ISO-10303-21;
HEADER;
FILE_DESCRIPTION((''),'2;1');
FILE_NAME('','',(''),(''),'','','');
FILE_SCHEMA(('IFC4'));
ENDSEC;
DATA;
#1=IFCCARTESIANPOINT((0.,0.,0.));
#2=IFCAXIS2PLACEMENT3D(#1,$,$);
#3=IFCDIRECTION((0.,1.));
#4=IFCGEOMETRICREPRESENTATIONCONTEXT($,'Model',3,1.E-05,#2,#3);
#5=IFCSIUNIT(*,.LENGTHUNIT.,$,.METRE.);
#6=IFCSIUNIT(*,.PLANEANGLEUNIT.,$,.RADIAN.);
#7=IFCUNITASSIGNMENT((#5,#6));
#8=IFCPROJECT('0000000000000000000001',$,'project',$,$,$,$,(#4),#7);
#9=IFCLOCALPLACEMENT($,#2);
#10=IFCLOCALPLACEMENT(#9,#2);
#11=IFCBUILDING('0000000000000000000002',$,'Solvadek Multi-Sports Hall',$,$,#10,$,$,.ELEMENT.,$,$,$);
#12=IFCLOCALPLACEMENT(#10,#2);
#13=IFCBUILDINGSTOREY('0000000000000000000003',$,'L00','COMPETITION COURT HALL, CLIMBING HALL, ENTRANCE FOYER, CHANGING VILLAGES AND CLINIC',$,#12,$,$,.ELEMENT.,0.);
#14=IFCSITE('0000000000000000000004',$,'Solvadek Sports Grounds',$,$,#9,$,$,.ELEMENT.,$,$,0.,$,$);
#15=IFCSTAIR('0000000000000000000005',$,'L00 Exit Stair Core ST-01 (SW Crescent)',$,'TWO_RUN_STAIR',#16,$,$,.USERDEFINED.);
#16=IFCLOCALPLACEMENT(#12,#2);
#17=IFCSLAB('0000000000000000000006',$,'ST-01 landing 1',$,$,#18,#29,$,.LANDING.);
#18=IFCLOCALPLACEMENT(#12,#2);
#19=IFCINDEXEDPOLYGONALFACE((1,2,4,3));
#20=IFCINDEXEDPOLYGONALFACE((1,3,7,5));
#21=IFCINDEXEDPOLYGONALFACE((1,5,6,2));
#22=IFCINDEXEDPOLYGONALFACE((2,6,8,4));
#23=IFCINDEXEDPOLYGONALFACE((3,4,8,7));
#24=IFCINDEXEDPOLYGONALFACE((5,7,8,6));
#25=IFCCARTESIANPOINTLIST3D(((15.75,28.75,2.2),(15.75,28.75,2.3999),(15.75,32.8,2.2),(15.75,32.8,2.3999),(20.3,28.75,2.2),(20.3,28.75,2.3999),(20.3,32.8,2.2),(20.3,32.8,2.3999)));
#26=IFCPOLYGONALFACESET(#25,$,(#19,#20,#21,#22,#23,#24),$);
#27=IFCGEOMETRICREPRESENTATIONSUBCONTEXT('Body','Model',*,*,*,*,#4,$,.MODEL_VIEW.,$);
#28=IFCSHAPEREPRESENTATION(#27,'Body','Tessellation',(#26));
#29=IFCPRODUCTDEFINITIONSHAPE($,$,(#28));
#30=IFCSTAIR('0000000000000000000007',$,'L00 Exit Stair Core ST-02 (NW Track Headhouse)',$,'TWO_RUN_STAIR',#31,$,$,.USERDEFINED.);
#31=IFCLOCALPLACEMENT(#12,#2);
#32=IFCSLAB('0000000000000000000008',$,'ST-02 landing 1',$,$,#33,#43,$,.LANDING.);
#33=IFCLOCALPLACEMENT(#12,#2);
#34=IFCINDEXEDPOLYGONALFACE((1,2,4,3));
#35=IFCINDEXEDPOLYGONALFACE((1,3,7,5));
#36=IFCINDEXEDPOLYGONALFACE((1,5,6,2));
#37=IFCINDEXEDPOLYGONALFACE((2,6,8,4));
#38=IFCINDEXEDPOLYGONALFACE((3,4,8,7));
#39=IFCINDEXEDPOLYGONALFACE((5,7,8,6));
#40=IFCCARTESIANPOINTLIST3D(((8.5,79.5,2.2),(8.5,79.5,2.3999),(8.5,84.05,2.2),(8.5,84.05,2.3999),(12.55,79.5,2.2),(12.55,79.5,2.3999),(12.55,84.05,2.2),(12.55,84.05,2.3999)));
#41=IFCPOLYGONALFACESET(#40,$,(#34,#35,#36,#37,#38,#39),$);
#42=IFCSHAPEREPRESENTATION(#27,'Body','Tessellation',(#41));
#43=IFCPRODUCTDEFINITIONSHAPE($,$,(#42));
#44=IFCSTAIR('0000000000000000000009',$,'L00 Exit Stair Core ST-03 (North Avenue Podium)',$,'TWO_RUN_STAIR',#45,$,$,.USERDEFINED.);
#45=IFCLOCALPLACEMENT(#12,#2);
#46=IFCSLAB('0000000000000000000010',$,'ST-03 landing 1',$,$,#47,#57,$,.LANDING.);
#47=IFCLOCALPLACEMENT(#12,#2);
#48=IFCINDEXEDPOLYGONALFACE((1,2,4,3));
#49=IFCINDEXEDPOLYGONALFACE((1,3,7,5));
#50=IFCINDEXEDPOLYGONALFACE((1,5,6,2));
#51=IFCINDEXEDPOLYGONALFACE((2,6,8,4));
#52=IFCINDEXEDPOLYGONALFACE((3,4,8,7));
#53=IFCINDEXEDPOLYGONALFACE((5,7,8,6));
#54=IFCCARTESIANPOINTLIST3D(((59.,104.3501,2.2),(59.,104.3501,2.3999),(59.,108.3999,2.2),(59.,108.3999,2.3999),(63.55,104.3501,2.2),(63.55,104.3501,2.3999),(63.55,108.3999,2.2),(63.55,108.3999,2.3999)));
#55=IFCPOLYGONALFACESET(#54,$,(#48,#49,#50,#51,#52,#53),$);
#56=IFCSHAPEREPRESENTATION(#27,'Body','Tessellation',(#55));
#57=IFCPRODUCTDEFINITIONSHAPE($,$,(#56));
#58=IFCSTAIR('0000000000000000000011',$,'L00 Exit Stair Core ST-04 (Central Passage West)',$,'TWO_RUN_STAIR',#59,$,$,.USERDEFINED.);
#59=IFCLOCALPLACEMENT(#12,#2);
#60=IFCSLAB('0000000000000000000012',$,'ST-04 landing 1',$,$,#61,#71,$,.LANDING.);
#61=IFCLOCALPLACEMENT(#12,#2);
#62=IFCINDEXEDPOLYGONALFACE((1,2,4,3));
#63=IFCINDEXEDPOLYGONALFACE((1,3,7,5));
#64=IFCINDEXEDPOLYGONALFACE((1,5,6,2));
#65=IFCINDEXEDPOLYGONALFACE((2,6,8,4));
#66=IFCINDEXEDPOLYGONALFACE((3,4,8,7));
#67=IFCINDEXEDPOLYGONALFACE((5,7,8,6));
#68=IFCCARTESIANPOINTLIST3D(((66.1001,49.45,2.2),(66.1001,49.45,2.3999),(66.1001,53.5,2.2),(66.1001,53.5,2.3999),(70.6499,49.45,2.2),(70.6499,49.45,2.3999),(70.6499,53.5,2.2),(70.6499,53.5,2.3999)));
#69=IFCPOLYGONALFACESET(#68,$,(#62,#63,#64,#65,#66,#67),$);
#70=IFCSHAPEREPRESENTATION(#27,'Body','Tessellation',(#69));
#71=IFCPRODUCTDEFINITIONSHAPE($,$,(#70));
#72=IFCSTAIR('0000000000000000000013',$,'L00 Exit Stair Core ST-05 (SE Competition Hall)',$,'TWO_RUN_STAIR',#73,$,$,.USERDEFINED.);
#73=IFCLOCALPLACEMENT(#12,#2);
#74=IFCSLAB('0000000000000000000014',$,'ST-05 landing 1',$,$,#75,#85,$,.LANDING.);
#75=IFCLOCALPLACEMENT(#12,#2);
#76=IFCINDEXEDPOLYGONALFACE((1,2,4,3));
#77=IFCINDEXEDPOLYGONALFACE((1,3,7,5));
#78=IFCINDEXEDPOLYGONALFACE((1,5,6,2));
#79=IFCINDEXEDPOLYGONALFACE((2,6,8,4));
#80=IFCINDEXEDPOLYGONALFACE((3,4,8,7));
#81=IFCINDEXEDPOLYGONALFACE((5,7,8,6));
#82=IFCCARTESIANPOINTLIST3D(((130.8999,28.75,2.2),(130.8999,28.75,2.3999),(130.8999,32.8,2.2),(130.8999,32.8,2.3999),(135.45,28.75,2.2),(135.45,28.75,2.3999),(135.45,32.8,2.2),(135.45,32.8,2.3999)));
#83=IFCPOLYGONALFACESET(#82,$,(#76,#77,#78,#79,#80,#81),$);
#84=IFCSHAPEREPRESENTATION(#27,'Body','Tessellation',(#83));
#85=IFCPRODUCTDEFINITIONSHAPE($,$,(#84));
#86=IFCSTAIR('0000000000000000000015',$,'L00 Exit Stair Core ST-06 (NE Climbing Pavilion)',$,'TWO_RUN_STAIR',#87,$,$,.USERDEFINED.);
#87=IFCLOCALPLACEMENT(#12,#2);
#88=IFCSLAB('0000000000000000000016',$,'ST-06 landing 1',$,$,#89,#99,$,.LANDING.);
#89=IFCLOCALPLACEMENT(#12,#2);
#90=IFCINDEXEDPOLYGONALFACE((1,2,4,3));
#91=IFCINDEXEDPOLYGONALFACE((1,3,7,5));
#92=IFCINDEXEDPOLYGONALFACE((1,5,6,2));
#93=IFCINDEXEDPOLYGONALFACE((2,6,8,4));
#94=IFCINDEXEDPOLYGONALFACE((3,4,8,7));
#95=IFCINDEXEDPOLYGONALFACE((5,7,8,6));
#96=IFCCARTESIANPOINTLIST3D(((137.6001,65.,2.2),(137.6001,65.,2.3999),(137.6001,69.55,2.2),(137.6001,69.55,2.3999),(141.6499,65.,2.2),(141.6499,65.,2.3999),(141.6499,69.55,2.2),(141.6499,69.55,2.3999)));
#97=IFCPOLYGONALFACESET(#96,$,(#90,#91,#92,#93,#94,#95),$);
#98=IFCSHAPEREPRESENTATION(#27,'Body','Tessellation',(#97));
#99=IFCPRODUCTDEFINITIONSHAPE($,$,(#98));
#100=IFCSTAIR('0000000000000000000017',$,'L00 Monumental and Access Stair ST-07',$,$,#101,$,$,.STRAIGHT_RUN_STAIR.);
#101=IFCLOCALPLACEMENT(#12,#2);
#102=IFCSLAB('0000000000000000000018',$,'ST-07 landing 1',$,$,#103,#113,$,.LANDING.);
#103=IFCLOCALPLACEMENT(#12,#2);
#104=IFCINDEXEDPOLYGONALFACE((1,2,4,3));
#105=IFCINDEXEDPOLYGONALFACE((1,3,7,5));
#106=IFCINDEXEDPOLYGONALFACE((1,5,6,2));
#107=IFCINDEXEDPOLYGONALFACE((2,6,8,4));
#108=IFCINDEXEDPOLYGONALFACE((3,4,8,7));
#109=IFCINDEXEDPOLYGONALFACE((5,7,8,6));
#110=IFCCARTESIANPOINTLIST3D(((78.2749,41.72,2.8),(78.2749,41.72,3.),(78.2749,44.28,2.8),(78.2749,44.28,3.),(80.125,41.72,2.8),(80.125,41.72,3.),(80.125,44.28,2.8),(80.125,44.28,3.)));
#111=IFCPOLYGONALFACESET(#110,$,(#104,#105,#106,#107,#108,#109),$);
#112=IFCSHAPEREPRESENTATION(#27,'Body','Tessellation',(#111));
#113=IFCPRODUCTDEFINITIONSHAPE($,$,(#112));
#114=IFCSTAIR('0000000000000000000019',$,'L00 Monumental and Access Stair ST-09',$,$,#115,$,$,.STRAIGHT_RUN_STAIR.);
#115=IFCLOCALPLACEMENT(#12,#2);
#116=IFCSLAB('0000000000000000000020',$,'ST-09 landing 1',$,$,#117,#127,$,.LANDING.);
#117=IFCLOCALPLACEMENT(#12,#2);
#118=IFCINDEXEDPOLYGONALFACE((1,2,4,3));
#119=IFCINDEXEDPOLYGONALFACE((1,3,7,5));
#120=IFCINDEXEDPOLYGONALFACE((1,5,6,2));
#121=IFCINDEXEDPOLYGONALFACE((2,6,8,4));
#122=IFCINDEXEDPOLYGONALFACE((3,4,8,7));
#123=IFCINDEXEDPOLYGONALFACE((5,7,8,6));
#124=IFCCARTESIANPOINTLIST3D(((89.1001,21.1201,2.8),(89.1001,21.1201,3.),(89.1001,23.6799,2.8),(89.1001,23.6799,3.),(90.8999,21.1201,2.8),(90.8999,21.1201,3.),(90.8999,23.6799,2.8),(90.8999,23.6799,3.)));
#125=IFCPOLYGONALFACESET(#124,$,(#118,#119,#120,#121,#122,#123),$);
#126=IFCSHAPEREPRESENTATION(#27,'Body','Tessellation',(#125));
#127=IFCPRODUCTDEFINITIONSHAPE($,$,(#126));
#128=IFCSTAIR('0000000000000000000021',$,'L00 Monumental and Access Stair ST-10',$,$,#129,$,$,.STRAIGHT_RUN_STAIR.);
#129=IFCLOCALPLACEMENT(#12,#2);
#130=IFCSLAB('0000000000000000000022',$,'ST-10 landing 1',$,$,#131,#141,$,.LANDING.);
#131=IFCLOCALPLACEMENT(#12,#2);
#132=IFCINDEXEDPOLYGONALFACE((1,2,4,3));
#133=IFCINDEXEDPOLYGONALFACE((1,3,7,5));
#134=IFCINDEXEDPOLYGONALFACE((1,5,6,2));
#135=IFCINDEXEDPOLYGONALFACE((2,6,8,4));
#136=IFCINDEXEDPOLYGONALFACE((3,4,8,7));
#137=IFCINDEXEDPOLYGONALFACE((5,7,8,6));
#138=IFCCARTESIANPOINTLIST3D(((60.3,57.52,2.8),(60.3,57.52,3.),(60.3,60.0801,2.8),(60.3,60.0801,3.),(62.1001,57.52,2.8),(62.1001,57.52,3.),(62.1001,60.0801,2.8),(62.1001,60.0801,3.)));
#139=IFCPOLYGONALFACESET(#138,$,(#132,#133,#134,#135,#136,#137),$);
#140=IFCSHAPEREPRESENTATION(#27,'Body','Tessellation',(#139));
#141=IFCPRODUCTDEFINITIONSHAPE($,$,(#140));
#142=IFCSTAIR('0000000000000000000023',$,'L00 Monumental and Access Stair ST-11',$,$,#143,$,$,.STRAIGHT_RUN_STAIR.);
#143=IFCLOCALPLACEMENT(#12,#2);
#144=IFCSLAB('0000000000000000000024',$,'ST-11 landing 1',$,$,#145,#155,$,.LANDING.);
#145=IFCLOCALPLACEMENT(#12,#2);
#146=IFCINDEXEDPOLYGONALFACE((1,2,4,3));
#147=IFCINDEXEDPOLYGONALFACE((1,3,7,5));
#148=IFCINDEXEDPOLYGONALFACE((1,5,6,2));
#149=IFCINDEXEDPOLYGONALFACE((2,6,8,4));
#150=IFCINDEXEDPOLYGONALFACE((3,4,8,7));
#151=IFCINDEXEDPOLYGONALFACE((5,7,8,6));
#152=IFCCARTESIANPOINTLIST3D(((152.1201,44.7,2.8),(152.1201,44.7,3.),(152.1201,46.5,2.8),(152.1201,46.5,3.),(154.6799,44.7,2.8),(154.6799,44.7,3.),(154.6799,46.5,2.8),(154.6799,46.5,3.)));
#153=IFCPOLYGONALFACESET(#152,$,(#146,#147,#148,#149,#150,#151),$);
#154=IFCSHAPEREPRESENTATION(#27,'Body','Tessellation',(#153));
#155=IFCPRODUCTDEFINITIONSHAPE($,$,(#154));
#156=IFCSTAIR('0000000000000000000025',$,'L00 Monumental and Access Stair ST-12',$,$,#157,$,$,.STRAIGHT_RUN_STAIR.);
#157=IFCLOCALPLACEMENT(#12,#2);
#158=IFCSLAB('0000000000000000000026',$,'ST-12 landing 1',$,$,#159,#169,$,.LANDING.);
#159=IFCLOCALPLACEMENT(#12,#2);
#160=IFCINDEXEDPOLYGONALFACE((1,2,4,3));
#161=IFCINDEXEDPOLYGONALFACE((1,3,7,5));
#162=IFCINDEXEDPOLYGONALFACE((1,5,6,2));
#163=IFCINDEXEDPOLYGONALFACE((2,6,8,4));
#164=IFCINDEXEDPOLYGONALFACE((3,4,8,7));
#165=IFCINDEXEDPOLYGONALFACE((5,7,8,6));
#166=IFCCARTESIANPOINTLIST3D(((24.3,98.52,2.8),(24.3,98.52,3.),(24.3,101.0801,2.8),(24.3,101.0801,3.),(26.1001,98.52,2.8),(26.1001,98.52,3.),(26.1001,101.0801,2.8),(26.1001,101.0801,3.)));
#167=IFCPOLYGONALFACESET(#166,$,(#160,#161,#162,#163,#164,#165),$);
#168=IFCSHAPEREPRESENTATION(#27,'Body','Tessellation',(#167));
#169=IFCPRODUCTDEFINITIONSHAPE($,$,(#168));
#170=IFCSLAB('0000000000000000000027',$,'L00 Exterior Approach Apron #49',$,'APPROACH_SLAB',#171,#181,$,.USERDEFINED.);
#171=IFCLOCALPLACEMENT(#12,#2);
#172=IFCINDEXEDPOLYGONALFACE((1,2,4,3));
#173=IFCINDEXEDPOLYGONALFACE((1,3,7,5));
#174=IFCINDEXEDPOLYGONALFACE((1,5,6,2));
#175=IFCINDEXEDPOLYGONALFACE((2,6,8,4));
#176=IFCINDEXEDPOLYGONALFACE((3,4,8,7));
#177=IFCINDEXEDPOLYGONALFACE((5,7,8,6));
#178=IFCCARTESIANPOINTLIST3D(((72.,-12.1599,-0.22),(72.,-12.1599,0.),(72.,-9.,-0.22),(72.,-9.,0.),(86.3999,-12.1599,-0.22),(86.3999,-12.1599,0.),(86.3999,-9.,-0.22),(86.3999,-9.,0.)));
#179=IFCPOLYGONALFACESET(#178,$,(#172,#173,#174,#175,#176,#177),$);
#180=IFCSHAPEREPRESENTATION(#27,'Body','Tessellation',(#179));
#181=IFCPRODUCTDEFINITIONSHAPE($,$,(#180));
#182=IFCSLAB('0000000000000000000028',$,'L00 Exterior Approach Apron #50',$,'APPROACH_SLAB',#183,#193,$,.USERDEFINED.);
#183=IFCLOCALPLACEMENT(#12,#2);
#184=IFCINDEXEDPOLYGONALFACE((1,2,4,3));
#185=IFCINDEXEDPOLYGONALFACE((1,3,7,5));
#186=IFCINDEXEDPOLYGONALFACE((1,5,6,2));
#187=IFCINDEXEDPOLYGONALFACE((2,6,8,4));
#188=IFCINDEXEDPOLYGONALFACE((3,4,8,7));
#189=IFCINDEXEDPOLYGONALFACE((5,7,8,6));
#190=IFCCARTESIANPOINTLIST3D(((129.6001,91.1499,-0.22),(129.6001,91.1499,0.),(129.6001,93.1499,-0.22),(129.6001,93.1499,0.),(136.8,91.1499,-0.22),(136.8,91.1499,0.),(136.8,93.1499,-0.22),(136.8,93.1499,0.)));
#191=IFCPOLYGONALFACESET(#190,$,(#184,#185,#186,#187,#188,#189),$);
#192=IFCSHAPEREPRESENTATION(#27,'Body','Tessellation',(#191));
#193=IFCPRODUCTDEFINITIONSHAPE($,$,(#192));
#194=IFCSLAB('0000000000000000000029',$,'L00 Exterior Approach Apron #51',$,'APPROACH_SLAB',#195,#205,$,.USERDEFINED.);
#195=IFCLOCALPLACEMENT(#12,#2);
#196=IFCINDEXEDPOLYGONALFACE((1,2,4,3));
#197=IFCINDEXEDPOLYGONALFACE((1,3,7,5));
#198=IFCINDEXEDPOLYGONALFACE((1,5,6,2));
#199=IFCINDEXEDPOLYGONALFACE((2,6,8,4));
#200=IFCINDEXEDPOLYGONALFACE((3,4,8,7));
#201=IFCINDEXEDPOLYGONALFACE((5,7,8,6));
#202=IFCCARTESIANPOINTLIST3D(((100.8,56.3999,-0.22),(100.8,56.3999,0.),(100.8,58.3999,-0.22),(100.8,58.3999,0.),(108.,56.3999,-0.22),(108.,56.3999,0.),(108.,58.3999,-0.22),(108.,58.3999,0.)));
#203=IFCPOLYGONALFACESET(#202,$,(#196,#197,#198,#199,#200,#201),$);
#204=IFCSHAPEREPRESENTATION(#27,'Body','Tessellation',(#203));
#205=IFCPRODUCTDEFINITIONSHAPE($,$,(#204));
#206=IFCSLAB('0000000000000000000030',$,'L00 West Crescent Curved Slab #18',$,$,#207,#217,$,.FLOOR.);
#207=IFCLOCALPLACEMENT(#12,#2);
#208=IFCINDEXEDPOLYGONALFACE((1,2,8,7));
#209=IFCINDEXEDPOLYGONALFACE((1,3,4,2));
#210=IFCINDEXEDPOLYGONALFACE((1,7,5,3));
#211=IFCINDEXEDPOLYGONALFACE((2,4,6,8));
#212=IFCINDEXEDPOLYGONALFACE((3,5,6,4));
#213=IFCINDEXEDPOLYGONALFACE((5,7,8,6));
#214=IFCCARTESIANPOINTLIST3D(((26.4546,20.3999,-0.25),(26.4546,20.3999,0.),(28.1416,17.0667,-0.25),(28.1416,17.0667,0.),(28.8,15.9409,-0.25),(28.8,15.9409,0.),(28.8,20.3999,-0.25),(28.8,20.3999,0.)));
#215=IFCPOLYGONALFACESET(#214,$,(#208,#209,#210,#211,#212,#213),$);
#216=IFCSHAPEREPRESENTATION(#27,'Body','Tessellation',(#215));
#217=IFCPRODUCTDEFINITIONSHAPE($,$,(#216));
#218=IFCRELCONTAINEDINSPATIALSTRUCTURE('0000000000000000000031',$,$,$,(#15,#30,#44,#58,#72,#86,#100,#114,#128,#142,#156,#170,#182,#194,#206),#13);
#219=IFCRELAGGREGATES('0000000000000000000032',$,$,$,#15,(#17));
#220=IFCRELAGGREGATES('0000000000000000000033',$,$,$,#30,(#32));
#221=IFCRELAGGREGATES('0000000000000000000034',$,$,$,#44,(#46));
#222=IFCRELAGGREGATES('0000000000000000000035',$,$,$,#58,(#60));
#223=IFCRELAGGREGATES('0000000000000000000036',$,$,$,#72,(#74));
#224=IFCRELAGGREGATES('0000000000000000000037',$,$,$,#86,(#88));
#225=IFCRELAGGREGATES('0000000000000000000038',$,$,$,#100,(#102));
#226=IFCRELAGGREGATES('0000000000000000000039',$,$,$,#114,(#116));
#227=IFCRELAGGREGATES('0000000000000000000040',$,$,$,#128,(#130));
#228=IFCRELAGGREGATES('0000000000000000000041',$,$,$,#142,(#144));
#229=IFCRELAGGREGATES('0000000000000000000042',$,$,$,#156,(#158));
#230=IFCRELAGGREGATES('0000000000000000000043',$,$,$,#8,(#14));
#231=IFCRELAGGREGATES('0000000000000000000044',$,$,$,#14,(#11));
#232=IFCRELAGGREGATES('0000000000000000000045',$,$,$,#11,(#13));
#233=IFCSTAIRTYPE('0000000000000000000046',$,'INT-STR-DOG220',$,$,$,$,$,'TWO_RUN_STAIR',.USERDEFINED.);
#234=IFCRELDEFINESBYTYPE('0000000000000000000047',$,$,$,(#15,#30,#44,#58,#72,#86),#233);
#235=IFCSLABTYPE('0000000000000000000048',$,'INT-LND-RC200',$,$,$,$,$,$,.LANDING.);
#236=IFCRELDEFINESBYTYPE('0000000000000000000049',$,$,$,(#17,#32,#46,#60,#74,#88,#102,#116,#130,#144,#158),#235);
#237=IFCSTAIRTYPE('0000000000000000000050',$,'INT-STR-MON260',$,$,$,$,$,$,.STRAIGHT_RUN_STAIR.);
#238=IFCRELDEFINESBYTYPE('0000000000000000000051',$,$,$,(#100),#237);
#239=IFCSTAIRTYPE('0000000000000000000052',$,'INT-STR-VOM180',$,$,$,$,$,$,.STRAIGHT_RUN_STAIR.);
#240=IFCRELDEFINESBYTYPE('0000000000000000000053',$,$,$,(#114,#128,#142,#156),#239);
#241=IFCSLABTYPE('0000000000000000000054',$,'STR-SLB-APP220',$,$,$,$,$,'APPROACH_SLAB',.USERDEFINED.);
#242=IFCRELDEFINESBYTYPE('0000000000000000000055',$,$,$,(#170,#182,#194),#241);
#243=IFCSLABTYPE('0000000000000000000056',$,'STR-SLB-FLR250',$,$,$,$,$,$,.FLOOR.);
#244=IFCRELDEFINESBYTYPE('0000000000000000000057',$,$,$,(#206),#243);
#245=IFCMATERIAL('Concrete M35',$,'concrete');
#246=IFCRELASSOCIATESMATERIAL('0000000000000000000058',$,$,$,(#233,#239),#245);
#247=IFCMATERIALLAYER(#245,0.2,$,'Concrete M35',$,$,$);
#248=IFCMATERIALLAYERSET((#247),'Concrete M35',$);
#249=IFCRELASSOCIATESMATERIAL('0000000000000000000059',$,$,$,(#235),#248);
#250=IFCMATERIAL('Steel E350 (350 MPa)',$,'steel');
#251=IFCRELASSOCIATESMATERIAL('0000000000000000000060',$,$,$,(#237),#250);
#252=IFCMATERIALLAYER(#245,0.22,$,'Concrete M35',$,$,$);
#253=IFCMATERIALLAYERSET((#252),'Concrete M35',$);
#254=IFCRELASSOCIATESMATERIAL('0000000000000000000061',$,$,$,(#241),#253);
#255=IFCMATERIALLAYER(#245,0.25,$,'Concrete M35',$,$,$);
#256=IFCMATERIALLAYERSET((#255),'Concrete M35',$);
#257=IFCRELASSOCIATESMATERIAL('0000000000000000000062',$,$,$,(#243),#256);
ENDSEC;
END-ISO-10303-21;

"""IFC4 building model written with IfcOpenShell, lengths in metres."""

from ifc_helpers import new_model, si_unit, direction, frame, origin, place, context, subcontext, project, spatial, polyline, outline, extrude, material, layer, layer_set, type_object, element, aggregate, save


model = new_model("IFC4")

# Units and contexts
model_context = context("Model", 3, precision=1e-05, world=origin(), true_north=direction((0.0, 1.0)))
body_context = subcontext(model_context, "Body", "Model", "MODEL_VIEW")
ifc_project = project(units=[si_unit("LENGTHUNIT", "METRE"), si_unit("PLANEANGLEUNIT", "RADIAN")], contexts=[model_context])

# Site, building, storey
site_placement = place(None, origin())
site = spatial("IfcSite", under=ifc_project, at=site_placement, Name="Solvadek Sports Grounds", CompositionType="ELEMENT", RefElevation=0.0)
building_placement = place(site_placement, origin())
building = spatial("IfcBuilding", under=site, at=building_placement, Name="Solvadek Multi-Sports Hall", CompositionType="ELEMENT")
storey_placement = place(building_placement, origin())
storey = spatial("IfcBuildingStorey", under=building, at=storey_placement, Name="L00", Description="COMPETITION COURT HALL, CLIMBING HALL, ENTRANCE FOYER, CHANGING VILLAGES AND CLINIC", CompositionType="ELEMENT", Elevation=0.0)

# Stairs, slabs
ifc_material_1 = material(Name="Concrete M35", Category="concrete")
stair_type_1 = type_object("IfcStairType", Name="INT-STR-DOG220", ElementType="TWO_RUN_STAIR", PredefinedType="USERDEFINED", material=ifc_material_1)
stair_1_placement = place(storey_placement, origin())
stair_1 = element("IfcStair", 1, at=stair_1_placement, inside=storey, type_object=stair_type_1, Name="L00 Exit Stair Core ST-01 (SW Crescent)", ObjectType="TWO_RUN_STAIR", PredefinedType="USERDEFINED")
ifc_layer_1 = layer(ifc_material_1, 0.2, Name="Concrete M35")
ifc_layer_set_1 = layer_set([ifc_layer_1], Name="Concrete M35")
slab_type_1 = type_object("IfcSlabType", Name="INT-LND-RC200", PredefinedType="LANDING", material=ifc_layer_set_1)
slab_1_placement = place(storey_placement, frame((0.0, 0.0, 2.2)))
slab_1 = element("IfcSlab", 2, at=slab_1_placement, type_object=slab_type_1, Name="ST-01 landing 1", PredefinedType="LANDING", context=body_context, shape_type="SweptSolid", body=[
    extrude(outline(polyline([(20.3, 28.75), (20.3, 32.8), (15.75, 32.8), (15.75, 28.75), (20.3, 28.75)])), origin(), (0.0, 0.0, 1.0), 0.2),
])
aggregate(stair_1, [slab_1])
stair_2_placement = place(storey_placement, origin())
stair_2 = element("IfcStair", 3, at=stair_2_placement, inside=storey, type_object=stair_type_1, Name="L00 Exit Stair Core ST-02 (NW Track Headhouse)", ObjectType="TWO_RUN_STAIR", PredefinedType="USERDEFINED")
slab_2_placement = place(storey_placement, frame((0.0, 0.0, 2.2)))
slab_2 = element("IfcSlab", 4, at=slab_2_placement, type_object=slab_type_1, Name="ST-02 landing 1", PredefinedType="LANDING", context=body_context, shape_type="SweptSolid", body=[
    extrude(outline(polyline([(12.55, 84.05), (8.5, 84.05), (8.5, 79.5), (12.55, 79.5), (12.55, 84.05)])), origin(), (0.0, 0.0, 1.0), 0.2),
])
aggregate(stair_2, [slab_2])
stair_3_placement = place(storey_placement, origin())
stair_3 = element("IfcStair", 5, at=stair_3_placement, inside=storey, type_object=stair_type_1, Name="L00 Exit Stair Core ST-03 (North Avenue Podium)", ObjectType="TWO_RUN_STAIR", PredefinedType="USERDEFINED")
slab_3_placement = place(storey_placement, frame((0.0, 0.0, 2.2)))
slab_3 = element("IfcSlab", 6, at=slab_3_placement, type_object=slab_type_1, Name="ST-03 landing 1", PredefinedType="LANDING", context=body_context, shape_type="SweptSolid", body=[
    extrude(outline(polyline([(63.55, 104.3501), (63.55, 108.3999), (59.0, 108.3999), (59.0, 104.3501), (63.55, 104.3501)])), origin(), (0.0, 0.0, 1.0), 0.2),
])
aggregate(stair_3, [slab_3])
stair_4_placement = place(storey_placement, origin())
stair_4 = element("IfcStair", 7, at=stair_4_placement, inside=storey, type_object=stair_type_1, Name="L00 Exit Stair Core ST-04 (Central Passage West)", ObjectType="TWO_RUN_STAIR", PredefinedType="USERDEFINED")
slab_4_placement = place(storey_placement, frame((0.0, 0.0, 2.2)))
slab_4 = element("IfcSlab", 8, at=slab_4_placement, type_object=slab_type_1, Name="ST-04 landing 1", PredefinedType="LANDING", context=body_context, shape_type="SweptSolid", body=[
    extrude(outline(polyline([(70.6499, 49.45), (70.6499, 53.5), (66.1001, 53.5), (66.1001, 49.45), (70.6499, 49.45)])), origin(), (0.0, 0.0, 1.0), 0.2),
])
aggregate(stair_4, [slab_4])
stair_5_placement = place(storey_placement, origin())
stair_5 = element("IfcStair", 9, at=stair_5_placement, inside=storey, type_object=stair_type_1, Name="L00 Exit Stair Core ST-05 (SE Competition Hall)", ObjectType="TWO_RUN_STAIR", PredefinedType="USERDEFINED")
slab_5_placement = place(storey_placement, frame((0.0, 0.0, 2.2)))
slab_5 = element("IfcSlab", 10, at=slab_5_placement, type_object=slab_type_1, Name="ST-05 landing 1", PredefinedType="LANDING", context=body_context, shape_type="SweptSolid", body=[
    extrude(outline(polyline([(135.45, 28.75), (135.45, 32.8), (130.8999, 32.8), (130.8999, 28.75), (135.45, 28.75)])), origin(), (0.0, 0.0, 1.0), 0.2),
])
aggregate(stair_5, [slab_5])
stair_6_placement = place(storey_placement, origin())
stair_6 = element("IfcStair", 11, at=stair_6_placement, inside=storey, type_object=stair_type_1, Name="L00 Exit Stair Core ST-06 (NE Climbing Pavilion)", ObjectType="TWO_RUN_STAIR", PredefinedType="USERDEFINED")
slab_6_placement = place(storey_placement, frame((0.0, 0.0, 2.2)))
slab_6 = element("IfcSlab", 12, at=slab_6_placement, type_object=slab_type_1, Name="ST-06 landing 1", PredefinedType="LANDING", context=body_context, shape_type="SweptSolid", body=[
    extrude(outline(polyline([(141.6499, 69.55), (137.6001, 69.55), (137.6001, 65.0), (141.6499, 65.0), (141.6499, 69.55)])), origin(), (0.0, 0.0, 1.0), 0.2),
])
aggregate(stair_6, [slab_6])
ifc_material_2 = material(Name="Steel E350 (350 MPa)", Category="steel")
stair_type_2 = type_object("IfcStairType", Name="INT-STR-MON260", PredefinedType="STRAIGHT_RUN_STAIR", material=ifc_material_2)
stair_7_placement = place(storey_placement, origin())
stair_7 = element("IfcStair", 13, at=stair_7_placement, inside=storey, type_object=stair_type_2, Name="L00 Monumental and Access Stair ST-07", PredefinedType="STRAIGHT_RUN_STAIR")
slab_7_placement = place(storey_placement, frame((0.0, 0.0, 2.8)))
slab_7 = element("IfcSlab", 14, at=slab_7_placement, type_object=slab_type_1, Name="ST-07 landing 1", PredefinedType="LANDING", context=body_context, shape_type="SweptSolid", body=[
    extrude(outline(polyline([(80.125, 41.72), (80.125, 44.28), (78.2749, 44.28), (78.2749, 41.72), (80.125, 41.72)])), origin(), (0.0, 0.0, 1.0), 0.2),
])
aggregate(stair_7, [slab_7])
stair_type_3 = type_object("IfcStairType", Name="INT-STR-VOM180", PredefinedType="STRAIGHT_RUN_STAIR", material=ifc_material_1)
stair_8_placement = place(storey_placement, origin())
stair_8 = element("IfcStair", 15, at=stair_8_placement, inside=storey, type_object=stair_type_3, Name="L00 Monumental and Access Stair ST-09", PredefinedType="STRAIGHT_RUN_STAIR")
slab_8_placement = place(storey_placement, frame((0.0, 0.0, 2.8)))
slab_8 = element("IfcSlab", 16, at=slab_8_placement, type_object=slab_type_1, Name="ST-09 landing 1", PredefinedType="LANDING", context=body_context, shape_type="SweptSolid", body=[
    extrude(outline(polyline([(90.8999, 21.1201), (90.8999, 23.6799), (89.1001, 23.6799), (89.1001, 21.1201), (90.8999, 21.1201)])), origin(), (0.0, 0.0, 1.0), 0.2),
])
aggregate(stair_8, [slab_8])
stair_9_placement = place(storey_placement, origin())
stair_9 = element("IfcStair", 17, at=stair_9_placement, inside=storey, type_object=stair_type_3, Name="L00 Monumental and Access Stair ST-10", PredefinedType="STRAIGHT_RUN_STAIR")
slab_9_placement = place(storey_placement, frame((0.0, 0.0, 2.8)))
slab_9 = element("IfcSlab", 18, at=slab_9_placement, type_object=slab_type_1, Name="ST-10 landing 1", PredefinedType="LANDING", context=body_context, shape_type="SweptSolid", body=[
    extrude(outline(polyline([(62.1001, 57.52), (62.1001, 60.0801), (60.3, 60.0801), (60.3, 57.52), (62.1001, 57.52)])), origin(), (0.0, 0.0, 1.0), 0.2),
])
aggregate(stair_9, [slab_9])
stair_10_placement = place(storey_placement, origin())
stair_10 = element("IfcStair", 19, at=stair_10_placement, inside=storey, type_object=stair_type_3, Name="L00 Monumental and Access Stair ST-11", PredefinedType="STRAIGHT_RUN_STAIR")
slab_10_placement = place(storey_placement, frame((0.0, 0.0, 2.8)))
slab_10 = element("IfcSlab", 20, at=slab_10_placement, type_object=slab_type_1, Name="ST-11 landing 1", PredefinedType="LANDING", context=body_context, shape_type="SweptSolid", body=[
    extrude(outline(polyline([(152.1201, 44.7), (154.6799, 44.7), (154.6799, 46.5), (152.1201, 46.5), (152.1201, 44.7)])), origin(), (0.0, 0.0, 1.0), 0.2),
])
aggregate(stair_10, [slab_10])
stair_11_placement = place(storey_placement, origin())
stair_11 = element("IfcStair", 21, at=stair_11_placement, inside=storey, type_object=stair_type_3, Name="L00 Monumental and Access Stair ST-12", PredefinedType="STRAIGHT_RUN_STAIR")
slab_11_placement = place(storey_placement, frame((0.0, 0.0, 2.8)))
slab_11 = element("IfcSlab", 22, at=slab_11_placement, type_object=slab_type_1, Name="ST-12 landing 1", PredefinedType="LANDING", context=body_context, shape_type="SweptSolid", body=[
    extrude(outline(polyline([(26.1001, 98.52), (26.1001, 101.0801), (24.3, 101.0801), (24.3, 98.52), (26.1001, 98.52)])), origin(), (0.0, 0.0, 1.0), 0.2),
])
aggregate(stair_11, [slab_11])

# Slabs
ifc_layer_2 = layer(ifc_material_1, 0.22, Name="Concrete M35")
ifc_layer_set_2 = layer_set([ifc_layer_2], Name="Concrete M35")
slab_type_2 = type_object("IfcSlabType", Name="STR-SLB-APP220", ElementType="APPROACH_SLAB", PredefinedType="USERDEFINED", material=ifc_layer_set_2)
slab_12_placement = place(storey_placement, frame((0.0, 0.0, -0.22)))
element("IfcSlab", 23, at=slab_12_placement, inside=storey, type_object=slab_type_2, Name="L00 Exterior Approach Apron #49", ObjectType="APPROACH_SLAB", PredefinedType="USERDEFINED", context=body_context, shape_type="SweptSolid", body=[
    extrude(outline(polyline([(72.0, -9.0), (86.3999, -9.0), (86.3999, -12.1599), (72.0, -12.1599), (72.0, -9.0)])), origin(), (0.0, 0.0, 1.0), 0.22),
])
slab_13_placement = place(storey_placement, frame((0.0, 0.0, -0.22)))
element("IfcSlab", 24, at=slab_13_placement, inside=storey, type_object=slab_type_2, Name="L00 Exterior Approach Apron #50", ObjectType="APPROACH_SLAB", PredefinedType="USERDEFINED", context=body_context, shape_type="SweptSolid", body=[
    extrude(outline(polyline([(129.6001, 93.1499), (136.8, 93.1499), (136.8, 91.1499), (129.6001, 91.1499), (129.6001, 93.1499)])), origin(), (0.0, 0.0, 1.0), 0.22),
])
slab_14_placement = place(storey_placement, frame((0.0, 0.0, -0.22)))
element("IfcSlab", 25, at=slab_14_placement, inside=storey, type_object=slab_type_2, Name="L00 Exterior Approach Apron #51", ObjectType="APPROACH_SLAB", PredefinedType="USERDEFINED", context=body_context, shape_type="SweptSolid", body=[
    extrude(outline(polyline([(100.8, 58.3999), (108.0, 58.3999), (108.0, 56.3999), (100.8, 56.3999), (100.8, 58.3999)])), origin(), (0.0, 0.0, 1.0), 0.22),
])
ifc_layer_3 = layer(ifc_material_1, 0.25, Name="Concrete M35")
ifc_layer_set_3 = layer_set([ifc_layer_3], Name="Concrete M35")
slab_type_3 = type_object("IfcSlabType", Name="STR-SLB-FLR250", PredefinedType="FLOOR", material=ifc_layer_set_3)
slab_15_placement = place(storey_placement, frame((0.0, 0.0, -0.25)))
element("IfcSlab", 26, at=slab_15_placement, inside=storey, type_object=slab_type_3, Name="L00 West Crescent Curved Slab #18", PredefinedType="FLOOR", context=body_context, shape_type="SweptSolid", body=[
    extrude(outline(polyline([(26.4546, 20.3999), (28.8, 20.3999), (28.8, 15.9409), (28.1416, 17.0667), (26.4546, 20.3999), (26.4546, 20.3999)])), origin(), (0.0, 0.0, 1.0), 0.25),
])

save(model, "model.ifc")
